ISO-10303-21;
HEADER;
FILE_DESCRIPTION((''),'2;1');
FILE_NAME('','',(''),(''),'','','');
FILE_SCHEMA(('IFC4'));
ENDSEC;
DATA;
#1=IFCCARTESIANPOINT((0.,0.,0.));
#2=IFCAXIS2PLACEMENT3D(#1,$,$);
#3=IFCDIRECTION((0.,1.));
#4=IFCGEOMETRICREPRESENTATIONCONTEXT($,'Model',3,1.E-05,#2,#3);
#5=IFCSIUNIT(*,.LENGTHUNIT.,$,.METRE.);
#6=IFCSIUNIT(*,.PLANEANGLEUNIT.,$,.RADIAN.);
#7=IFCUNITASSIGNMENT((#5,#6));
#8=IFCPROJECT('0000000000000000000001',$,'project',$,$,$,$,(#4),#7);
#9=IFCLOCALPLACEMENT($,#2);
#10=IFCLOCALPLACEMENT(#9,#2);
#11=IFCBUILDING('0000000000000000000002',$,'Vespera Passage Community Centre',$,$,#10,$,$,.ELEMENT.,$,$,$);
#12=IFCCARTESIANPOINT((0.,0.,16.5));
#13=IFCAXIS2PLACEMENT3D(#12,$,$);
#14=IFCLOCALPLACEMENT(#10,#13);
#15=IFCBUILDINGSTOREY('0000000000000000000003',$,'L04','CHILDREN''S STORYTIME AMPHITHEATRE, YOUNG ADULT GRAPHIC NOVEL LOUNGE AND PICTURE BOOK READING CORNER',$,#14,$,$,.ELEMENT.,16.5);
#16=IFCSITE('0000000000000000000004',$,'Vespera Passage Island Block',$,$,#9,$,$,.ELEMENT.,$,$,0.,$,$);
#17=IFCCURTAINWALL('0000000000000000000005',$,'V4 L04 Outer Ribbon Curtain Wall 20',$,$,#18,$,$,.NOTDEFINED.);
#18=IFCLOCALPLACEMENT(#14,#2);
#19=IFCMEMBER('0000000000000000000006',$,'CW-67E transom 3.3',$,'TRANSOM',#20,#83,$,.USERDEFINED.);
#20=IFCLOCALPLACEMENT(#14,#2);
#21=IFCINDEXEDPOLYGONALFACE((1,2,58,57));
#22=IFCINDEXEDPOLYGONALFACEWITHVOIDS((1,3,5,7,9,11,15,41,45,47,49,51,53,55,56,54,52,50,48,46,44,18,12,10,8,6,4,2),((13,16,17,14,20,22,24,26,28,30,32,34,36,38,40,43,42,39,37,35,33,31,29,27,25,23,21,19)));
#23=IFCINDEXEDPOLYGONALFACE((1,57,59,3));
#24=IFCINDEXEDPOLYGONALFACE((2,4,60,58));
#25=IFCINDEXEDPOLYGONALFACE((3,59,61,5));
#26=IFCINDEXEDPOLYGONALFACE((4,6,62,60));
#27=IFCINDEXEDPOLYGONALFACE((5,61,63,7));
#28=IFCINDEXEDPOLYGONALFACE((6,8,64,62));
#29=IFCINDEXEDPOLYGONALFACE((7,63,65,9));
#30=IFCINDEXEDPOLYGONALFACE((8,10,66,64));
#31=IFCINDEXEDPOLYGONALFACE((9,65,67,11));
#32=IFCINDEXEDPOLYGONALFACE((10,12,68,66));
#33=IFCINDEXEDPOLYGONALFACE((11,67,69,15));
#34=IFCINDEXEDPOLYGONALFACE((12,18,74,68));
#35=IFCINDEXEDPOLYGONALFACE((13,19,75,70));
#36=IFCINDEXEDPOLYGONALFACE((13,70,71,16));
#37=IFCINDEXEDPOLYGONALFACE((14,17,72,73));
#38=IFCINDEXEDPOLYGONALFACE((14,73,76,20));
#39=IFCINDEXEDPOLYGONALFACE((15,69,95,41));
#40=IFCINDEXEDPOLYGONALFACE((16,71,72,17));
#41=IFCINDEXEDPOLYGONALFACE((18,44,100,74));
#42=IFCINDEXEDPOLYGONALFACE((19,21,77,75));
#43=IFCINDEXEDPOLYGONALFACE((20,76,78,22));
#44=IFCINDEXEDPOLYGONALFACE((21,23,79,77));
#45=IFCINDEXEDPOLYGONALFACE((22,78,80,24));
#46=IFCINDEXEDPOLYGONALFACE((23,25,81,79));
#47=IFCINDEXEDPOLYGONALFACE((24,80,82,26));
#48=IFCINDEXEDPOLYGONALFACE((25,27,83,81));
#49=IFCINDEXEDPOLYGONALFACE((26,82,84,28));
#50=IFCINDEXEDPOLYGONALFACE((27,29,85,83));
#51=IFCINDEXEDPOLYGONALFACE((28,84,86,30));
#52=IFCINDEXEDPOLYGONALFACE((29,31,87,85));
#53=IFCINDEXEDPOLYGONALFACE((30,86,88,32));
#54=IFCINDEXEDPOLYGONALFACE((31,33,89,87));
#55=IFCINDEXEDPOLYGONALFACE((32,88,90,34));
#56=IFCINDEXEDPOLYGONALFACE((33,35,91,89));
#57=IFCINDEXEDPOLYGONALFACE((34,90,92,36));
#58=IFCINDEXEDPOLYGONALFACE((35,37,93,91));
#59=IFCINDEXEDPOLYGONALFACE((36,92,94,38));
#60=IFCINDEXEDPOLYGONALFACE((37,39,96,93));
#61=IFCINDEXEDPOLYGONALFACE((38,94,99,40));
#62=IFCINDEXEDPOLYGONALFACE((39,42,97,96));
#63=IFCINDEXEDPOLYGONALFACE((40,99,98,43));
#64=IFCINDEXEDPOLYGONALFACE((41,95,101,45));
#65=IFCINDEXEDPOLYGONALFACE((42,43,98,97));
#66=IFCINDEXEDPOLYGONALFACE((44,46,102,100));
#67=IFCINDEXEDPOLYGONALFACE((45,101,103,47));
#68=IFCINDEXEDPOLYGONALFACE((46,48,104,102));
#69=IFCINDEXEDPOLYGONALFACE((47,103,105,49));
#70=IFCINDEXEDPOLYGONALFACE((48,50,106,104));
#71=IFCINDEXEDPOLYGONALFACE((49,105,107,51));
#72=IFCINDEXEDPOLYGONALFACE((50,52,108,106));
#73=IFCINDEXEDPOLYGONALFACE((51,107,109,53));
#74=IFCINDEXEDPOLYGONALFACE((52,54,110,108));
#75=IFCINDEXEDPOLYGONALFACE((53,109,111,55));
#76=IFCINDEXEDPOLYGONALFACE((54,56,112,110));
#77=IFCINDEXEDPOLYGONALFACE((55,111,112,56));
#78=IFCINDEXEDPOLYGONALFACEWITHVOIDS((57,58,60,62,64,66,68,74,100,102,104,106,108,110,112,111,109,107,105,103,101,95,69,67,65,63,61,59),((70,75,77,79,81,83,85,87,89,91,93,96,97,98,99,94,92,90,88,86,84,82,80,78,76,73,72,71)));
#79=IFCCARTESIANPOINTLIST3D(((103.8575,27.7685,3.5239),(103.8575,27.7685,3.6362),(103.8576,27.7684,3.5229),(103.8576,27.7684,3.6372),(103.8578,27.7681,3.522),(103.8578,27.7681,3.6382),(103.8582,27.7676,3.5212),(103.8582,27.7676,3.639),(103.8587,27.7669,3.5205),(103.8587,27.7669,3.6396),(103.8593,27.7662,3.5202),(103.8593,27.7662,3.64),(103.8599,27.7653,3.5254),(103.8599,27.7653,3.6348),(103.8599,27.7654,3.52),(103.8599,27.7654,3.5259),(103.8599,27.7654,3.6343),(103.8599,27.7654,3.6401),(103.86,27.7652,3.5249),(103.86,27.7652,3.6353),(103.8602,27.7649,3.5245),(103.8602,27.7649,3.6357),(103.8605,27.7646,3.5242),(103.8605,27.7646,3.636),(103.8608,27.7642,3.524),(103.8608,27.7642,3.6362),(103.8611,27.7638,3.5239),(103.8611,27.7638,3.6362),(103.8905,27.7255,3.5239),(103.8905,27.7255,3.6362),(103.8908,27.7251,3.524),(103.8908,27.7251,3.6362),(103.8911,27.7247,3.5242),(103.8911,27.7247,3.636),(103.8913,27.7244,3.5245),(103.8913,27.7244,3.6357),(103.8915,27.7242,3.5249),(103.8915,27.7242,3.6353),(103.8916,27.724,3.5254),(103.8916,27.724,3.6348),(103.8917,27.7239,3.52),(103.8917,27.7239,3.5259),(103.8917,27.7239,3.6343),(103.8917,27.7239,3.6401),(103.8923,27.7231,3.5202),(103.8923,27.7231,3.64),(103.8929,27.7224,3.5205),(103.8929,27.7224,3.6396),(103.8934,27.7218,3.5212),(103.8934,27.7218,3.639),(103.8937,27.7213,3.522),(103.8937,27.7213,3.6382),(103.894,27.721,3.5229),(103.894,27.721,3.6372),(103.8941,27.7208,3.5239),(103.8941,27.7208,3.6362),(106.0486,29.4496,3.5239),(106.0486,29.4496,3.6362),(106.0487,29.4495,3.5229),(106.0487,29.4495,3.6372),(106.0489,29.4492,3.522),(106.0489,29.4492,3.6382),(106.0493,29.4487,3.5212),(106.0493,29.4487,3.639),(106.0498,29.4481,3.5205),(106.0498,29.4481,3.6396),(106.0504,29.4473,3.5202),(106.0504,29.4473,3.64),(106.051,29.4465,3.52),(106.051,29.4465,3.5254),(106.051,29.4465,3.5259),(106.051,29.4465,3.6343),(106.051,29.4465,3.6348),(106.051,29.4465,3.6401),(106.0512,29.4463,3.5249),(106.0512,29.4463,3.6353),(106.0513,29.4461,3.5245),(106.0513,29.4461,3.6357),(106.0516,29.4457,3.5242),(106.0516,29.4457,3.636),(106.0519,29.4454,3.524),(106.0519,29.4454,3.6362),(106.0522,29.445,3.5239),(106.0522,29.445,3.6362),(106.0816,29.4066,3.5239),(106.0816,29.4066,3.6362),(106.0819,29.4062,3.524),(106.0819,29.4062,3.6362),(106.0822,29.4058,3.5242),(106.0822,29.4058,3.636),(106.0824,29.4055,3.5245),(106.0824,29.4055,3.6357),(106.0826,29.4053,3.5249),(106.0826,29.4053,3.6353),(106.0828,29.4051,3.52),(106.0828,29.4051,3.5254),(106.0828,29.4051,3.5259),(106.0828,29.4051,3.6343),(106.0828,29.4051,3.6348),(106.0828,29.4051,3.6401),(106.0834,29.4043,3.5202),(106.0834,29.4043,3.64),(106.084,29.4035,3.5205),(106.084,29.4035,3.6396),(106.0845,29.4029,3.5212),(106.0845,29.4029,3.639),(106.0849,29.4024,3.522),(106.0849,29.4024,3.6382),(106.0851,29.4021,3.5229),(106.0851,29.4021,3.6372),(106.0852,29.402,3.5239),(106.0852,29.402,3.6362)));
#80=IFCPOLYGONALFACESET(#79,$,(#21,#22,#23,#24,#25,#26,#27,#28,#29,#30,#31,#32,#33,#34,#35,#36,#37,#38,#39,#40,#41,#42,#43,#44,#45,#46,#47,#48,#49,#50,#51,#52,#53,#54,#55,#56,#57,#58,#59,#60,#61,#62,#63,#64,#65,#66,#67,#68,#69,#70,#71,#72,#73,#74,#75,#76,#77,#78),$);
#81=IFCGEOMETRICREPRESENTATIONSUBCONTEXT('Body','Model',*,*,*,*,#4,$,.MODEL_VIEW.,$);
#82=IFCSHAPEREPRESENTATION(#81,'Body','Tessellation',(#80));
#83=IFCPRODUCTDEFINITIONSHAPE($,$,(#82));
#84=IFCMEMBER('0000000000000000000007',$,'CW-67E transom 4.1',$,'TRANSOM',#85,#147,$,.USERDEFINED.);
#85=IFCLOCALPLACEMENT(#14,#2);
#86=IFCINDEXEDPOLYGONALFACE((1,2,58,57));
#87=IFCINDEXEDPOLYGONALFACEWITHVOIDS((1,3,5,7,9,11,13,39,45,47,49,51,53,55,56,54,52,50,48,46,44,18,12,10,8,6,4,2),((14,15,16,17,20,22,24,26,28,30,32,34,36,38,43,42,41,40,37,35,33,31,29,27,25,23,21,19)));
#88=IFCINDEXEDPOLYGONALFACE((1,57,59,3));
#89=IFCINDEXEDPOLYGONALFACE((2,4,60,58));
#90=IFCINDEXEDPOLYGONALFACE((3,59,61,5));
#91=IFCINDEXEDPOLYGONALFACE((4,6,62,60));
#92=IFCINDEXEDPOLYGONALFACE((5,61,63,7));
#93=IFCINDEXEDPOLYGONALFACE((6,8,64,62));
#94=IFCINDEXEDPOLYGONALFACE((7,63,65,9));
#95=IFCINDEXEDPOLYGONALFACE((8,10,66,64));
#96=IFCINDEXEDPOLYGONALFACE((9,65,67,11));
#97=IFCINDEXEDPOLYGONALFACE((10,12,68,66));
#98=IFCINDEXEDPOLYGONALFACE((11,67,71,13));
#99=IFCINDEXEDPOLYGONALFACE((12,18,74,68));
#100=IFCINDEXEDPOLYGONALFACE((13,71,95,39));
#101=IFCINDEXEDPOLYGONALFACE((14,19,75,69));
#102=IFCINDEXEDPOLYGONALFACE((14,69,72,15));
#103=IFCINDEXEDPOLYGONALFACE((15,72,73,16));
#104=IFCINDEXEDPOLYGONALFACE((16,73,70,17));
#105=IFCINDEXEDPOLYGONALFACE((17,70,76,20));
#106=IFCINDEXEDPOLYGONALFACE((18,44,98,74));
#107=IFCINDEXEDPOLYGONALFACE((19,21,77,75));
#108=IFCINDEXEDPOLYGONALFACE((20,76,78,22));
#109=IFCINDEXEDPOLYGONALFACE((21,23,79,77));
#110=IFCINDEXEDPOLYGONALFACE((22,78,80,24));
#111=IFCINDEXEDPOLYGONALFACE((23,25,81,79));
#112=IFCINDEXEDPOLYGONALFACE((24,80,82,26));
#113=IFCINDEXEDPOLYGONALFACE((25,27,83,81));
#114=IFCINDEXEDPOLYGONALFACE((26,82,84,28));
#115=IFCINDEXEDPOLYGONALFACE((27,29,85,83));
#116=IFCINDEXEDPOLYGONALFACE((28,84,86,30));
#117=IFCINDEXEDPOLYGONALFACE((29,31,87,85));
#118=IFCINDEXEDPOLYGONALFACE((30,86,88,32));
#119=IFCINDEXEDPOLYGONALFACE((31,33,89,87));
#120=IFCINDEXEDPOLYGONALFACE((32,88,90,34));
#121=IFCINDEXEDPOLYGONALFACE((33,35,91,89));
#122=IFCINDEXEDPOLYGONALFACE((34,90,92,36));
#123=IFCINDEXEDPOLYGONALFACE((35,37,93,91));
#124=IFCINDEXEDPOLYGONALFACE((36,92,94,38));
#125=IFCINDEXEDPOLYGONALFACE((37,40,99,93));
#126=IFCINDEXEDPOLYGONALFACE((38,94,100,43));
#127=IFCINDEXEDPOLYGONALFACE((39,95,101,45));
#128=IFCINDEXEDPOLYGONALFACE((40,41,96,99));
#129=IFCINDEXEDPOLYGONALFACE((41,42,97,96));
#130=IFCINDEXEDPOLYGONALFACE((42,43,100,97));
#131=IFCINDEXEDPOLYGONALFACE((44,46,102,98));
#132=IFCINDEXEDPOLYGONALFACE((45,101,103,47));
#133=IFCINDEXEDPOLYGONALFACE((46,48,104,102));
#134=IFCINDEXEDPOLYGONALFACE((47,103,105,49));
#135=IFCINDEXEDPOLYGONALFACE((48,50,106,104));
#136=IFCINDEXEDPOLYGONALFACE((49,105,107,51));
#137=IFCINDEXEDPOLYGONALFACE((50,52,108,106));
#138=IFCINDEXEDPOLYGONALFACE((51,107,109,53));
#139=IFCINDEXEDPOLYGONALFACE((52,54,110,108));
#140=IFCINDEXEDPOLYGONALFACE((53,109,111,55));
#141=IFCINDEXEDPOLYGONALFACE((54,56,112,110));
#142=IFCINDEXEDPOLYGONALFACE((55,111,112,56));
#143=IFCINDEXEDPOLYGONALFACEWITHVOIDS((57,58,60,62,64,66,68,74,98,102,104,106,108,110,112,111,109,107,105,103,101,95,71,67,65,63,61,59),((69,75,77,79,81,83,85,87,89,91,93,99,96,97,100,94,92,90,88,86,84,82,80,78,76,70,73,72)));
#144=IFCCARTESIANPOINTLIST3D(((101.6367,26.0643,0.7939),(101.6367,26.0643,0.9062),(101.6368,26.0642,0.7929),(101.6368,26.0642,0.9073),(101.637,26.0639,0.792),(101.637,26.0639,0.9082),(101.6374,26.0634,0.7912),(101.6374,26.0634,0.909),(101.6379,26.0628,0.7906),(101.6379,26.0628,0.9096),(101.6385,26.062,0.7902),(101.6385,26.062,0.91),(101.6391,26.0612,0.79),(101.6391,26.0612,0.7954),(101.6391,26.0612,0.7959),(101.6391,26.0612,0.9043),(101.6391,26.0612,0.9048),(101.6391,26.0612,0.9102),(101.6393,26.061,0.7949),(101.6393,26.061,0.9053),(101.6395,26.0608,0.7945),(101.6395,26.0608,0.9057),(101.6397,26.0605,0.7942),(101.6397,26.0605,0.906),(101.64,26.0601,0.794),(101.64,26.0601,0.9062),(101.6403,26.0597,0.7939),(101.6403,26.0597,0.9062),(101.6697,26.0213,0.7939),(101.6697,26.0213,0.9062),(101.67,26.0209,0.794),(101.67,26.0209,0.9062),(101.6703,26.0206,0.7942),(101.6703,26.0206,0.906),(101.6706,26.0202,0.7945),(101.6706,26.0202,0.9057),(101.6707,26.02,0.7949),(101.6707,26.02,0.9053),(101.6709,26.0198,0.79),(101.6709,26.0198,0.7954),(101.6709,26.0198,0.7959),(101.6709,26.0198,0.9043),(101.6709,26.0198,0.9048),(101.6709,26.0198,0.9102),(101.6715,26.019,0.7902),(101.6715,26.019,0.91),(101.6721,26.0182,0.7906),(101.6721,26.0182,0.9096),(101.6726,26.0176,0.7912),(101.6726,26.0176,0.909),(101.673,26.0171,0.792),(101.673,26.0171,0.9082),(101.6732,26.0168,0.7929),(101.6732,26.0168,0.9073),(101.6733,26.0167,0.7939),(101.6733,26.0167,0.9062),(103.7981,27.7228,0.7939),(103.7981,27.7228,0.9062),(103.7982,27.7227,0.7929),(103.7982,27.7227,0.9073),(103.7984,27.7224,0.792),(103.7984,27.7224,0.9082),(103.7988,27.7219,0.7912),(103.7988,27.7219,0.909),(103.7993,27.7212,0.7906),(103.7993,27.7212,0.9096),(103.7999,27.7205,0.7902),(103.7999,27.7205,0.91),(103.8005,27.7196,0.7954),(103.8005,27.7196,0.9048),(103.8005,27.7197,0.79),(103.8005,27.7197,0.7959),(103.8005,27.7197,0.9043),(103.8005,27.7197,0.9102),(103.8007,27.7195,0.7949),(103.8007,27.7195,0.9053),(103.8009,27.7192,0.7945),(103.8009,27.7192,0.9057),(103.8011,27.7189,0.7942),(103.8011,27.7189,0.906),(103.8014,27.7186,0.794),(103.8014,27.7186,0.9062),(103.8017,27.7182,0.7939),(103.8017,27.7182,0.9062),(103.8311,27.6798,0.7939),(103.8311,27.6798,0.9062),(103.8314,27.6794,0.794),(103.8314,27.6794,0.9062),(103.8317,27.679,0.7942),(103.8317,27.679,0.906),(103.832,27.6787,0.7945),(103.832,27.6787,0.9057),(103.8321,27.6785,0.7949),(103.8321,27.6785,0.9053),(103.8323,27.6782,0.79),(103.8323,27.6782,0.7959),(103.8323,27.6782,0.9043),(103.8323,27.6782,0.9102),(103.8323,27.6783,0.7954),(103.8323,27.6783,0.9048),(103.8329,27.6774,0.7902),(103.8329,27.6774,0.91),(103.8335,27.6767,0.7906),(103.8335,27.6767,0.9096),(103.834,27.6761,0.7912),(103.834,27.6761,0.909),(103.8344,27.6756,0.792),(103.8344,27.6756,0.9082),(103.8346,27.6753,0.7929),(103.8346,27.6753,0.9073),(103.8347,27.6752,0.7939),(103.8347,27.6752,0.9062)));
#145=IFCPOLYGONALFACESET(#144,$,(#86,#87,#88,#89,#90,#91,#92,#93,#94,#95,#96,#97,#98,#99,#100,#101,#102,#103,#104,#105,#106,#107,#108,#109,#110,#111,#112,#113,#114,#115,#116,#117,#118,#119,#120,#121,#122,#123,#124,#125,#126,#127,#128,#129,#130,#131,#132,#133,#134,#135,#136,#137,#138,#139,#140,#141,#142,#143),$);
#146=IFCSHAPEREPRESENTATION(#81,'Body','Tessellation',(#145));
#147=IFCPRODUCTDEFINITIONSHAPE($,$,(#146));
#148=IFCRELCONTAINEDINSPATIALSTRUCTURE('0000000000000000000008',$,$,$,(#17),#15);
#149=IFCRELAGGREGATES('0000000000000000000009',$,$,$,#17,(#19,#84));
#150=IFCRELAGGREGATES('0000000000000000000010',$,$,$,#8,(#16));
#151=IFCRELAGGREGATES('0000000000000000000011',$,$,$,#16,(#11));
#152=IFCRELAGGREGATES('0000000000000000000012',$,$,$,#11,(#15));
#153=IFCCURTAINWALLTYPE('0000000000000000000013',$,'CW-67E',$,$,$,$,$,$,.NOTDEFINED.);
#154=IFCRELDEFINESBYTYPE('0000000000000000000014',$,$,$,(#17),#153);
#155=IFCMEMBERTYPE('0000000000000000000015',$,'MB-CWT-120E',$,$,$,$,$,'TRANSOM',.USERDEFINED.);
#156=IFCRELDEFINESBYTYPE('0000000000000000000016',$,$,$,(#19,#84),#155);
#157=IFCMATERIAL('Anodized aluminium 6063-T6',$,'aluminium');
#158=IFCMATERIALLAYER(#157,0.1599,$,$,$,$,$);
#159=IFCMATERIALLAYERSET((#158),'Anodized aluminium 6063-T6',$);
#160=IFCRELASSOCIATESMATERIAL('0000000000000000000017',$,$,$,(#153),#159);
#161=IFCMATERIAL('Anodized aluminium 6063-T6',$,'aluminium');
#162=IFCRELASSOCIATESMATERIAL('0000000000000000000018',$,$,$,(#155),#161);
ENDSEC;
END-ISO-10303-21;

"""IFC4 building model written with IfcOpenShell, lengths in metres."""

from ifc_helpers import new_model, si_unit, direction, frame, origin, origin_2d, place, context, subcontext, project, spatial, hollow_rectangle, extrude, material, layer, layer_set, material_profile, profile_set, type_object, element, aggregate, save


model = new_model("IFC4")

# Units and contexts
model_context = context("Model", 3, precision=1e-05, world=origin(), true_north=direction((0.0, 1.0)))
body_context = subcontext(model_context, "Body", "Model", "MODEL_VIEW")
ifc_project = project(units=[si_unit("LENGTHUNIT", "METRE"), si_unit("PLANEANGLEUNIT", "RADIAN")], contexts=[model_context])

# Site, building, storey
site_placement = place(None, origin())
site = spatial("IfcSite", under=ifc_project, at=site_placement, Name="Vespera Passage Island Block", CompositionType="ELEMENT", RefElevation=0.0)
building_placement = place(site_placement, origin())
building = spatial("IfcBuilding", under=site, at=building_placement, Name="Vespera Passage Community Centre", CompositionType="ELEMENT")
storey_placement = place(building_placement, frame((0.0, 0.0, 16.5)))
storey = spatial("IfcBuildingStorey", under=building, at=storey_placement, Name="L04", Description="CHILDREN'S STORYTIME AMPHITHEATRE, YOUNG ADULT GRAPHIC NOVEL LOUNGE AND PICTURE BOOK READING CORNER", CompositionType="ELEMENT", Elevation=16.5)

# Curtain wall
ifc_material_1 = material(Name="Anodized aluminium 6063-T6", Category="aluminium")
ifc_layer_1 = layer(ifc_material_1, 0.1599)
ifc_layer_set_1 = layer_set([ifc_layer_1], Name="Anodized aluminium 6063-T6")
curtain_wall_type_1 = type_object("IfcCurtainWallType", Name="CW-67E", PredefinedType="NOTDEFINED", material=ifc_layer_set_1)
curtain_wall_1_placement = place(storey_placement, origin())
curtain_wall_1 = element("IfcCurtainWall", 1, at=curtain_wall_1_placement, inside=storey, type_object=curtain_wall_type_1, Name="V4 L04 Outer Ribbon Curtain Wall 20", PredefinedType="NOTDEFINED")

# Members
ifc_material_2 = material(Name="Anodized aluminium 6063-T6", Category="aluminium")
ifc_material_profile_1 = material_profile(ifc_material_2, hollow_rectangle(XDim=0.0601, YDim=0.1201, WallThickness=0.0039, InnerFilletRadius=0.002, OuterFilletRadius=0.0039, at=origin_2d()), Name="ALU120X60X4")
ifc_profile_set_1 = profile_set([ifc_material_profile_1], Name="Anodized aluminium 6063-T6")
member_type_1 = type_object("IfcMemberType", Name="MB-CWT-120E", ElementType="TRANSOM", PredefinedType="USERDEFINED", material=ifc_profile_set_1)
member_1_placement = place(storey_placement, frame((106.0669, 29.4258, 3.5801), z_axis=(-0.793386, -0.608719, 0.0), x_axis=(0.608719, -0.793386, 0.0)))
member_1 = element("IfcMember", 2, at=member_1_placement, type_object=member_type_1, Name="CW-67E transom 3.3", ObjectType="TRANSOM", PredefinedType="USERDEFINED", context=body_context, shape_type="SweptSolid", body=[
    extrude(hollow_rectangle(XDim=0.0601, YDim=0.1201, WallThickness=0.0039, InnerFilletRadius=0.002, OuterFilletRadius=0.0039, at=origin_2d()), origin(), (0.0, 0.0, 1.0), 2.7617),
])
member_2_placement = place(storey_placement, frame((103.8164, 27.699, 0.8501), z_axis=(-0.79336, -0.608753, 0.0), x_axis=(0.608753, -0.79336, 0.0)))
member_2 = element("IfcMember", 3, at=member_2_placement, type_object=member_type_1, Name="CW-67E transom 4.1", ObjectType="TRANSOM", PredefinedType="USERDEFINED", context=body_context, shape_type="SweptSolid", body=[
    extrude(hollow_rectangle(XDim=0.0601, YDim=0.1201, WallThickness=0.0039, InnerFilletRadius=0.002, OuterFilletRadius=0.0039, at=origin_2d()), origin(), (0.0, 0.0, 1.0), 2.7244),
])

aggregate(curtain_wall_1, [member_1, member_2])

save(model, "model.ifc")
